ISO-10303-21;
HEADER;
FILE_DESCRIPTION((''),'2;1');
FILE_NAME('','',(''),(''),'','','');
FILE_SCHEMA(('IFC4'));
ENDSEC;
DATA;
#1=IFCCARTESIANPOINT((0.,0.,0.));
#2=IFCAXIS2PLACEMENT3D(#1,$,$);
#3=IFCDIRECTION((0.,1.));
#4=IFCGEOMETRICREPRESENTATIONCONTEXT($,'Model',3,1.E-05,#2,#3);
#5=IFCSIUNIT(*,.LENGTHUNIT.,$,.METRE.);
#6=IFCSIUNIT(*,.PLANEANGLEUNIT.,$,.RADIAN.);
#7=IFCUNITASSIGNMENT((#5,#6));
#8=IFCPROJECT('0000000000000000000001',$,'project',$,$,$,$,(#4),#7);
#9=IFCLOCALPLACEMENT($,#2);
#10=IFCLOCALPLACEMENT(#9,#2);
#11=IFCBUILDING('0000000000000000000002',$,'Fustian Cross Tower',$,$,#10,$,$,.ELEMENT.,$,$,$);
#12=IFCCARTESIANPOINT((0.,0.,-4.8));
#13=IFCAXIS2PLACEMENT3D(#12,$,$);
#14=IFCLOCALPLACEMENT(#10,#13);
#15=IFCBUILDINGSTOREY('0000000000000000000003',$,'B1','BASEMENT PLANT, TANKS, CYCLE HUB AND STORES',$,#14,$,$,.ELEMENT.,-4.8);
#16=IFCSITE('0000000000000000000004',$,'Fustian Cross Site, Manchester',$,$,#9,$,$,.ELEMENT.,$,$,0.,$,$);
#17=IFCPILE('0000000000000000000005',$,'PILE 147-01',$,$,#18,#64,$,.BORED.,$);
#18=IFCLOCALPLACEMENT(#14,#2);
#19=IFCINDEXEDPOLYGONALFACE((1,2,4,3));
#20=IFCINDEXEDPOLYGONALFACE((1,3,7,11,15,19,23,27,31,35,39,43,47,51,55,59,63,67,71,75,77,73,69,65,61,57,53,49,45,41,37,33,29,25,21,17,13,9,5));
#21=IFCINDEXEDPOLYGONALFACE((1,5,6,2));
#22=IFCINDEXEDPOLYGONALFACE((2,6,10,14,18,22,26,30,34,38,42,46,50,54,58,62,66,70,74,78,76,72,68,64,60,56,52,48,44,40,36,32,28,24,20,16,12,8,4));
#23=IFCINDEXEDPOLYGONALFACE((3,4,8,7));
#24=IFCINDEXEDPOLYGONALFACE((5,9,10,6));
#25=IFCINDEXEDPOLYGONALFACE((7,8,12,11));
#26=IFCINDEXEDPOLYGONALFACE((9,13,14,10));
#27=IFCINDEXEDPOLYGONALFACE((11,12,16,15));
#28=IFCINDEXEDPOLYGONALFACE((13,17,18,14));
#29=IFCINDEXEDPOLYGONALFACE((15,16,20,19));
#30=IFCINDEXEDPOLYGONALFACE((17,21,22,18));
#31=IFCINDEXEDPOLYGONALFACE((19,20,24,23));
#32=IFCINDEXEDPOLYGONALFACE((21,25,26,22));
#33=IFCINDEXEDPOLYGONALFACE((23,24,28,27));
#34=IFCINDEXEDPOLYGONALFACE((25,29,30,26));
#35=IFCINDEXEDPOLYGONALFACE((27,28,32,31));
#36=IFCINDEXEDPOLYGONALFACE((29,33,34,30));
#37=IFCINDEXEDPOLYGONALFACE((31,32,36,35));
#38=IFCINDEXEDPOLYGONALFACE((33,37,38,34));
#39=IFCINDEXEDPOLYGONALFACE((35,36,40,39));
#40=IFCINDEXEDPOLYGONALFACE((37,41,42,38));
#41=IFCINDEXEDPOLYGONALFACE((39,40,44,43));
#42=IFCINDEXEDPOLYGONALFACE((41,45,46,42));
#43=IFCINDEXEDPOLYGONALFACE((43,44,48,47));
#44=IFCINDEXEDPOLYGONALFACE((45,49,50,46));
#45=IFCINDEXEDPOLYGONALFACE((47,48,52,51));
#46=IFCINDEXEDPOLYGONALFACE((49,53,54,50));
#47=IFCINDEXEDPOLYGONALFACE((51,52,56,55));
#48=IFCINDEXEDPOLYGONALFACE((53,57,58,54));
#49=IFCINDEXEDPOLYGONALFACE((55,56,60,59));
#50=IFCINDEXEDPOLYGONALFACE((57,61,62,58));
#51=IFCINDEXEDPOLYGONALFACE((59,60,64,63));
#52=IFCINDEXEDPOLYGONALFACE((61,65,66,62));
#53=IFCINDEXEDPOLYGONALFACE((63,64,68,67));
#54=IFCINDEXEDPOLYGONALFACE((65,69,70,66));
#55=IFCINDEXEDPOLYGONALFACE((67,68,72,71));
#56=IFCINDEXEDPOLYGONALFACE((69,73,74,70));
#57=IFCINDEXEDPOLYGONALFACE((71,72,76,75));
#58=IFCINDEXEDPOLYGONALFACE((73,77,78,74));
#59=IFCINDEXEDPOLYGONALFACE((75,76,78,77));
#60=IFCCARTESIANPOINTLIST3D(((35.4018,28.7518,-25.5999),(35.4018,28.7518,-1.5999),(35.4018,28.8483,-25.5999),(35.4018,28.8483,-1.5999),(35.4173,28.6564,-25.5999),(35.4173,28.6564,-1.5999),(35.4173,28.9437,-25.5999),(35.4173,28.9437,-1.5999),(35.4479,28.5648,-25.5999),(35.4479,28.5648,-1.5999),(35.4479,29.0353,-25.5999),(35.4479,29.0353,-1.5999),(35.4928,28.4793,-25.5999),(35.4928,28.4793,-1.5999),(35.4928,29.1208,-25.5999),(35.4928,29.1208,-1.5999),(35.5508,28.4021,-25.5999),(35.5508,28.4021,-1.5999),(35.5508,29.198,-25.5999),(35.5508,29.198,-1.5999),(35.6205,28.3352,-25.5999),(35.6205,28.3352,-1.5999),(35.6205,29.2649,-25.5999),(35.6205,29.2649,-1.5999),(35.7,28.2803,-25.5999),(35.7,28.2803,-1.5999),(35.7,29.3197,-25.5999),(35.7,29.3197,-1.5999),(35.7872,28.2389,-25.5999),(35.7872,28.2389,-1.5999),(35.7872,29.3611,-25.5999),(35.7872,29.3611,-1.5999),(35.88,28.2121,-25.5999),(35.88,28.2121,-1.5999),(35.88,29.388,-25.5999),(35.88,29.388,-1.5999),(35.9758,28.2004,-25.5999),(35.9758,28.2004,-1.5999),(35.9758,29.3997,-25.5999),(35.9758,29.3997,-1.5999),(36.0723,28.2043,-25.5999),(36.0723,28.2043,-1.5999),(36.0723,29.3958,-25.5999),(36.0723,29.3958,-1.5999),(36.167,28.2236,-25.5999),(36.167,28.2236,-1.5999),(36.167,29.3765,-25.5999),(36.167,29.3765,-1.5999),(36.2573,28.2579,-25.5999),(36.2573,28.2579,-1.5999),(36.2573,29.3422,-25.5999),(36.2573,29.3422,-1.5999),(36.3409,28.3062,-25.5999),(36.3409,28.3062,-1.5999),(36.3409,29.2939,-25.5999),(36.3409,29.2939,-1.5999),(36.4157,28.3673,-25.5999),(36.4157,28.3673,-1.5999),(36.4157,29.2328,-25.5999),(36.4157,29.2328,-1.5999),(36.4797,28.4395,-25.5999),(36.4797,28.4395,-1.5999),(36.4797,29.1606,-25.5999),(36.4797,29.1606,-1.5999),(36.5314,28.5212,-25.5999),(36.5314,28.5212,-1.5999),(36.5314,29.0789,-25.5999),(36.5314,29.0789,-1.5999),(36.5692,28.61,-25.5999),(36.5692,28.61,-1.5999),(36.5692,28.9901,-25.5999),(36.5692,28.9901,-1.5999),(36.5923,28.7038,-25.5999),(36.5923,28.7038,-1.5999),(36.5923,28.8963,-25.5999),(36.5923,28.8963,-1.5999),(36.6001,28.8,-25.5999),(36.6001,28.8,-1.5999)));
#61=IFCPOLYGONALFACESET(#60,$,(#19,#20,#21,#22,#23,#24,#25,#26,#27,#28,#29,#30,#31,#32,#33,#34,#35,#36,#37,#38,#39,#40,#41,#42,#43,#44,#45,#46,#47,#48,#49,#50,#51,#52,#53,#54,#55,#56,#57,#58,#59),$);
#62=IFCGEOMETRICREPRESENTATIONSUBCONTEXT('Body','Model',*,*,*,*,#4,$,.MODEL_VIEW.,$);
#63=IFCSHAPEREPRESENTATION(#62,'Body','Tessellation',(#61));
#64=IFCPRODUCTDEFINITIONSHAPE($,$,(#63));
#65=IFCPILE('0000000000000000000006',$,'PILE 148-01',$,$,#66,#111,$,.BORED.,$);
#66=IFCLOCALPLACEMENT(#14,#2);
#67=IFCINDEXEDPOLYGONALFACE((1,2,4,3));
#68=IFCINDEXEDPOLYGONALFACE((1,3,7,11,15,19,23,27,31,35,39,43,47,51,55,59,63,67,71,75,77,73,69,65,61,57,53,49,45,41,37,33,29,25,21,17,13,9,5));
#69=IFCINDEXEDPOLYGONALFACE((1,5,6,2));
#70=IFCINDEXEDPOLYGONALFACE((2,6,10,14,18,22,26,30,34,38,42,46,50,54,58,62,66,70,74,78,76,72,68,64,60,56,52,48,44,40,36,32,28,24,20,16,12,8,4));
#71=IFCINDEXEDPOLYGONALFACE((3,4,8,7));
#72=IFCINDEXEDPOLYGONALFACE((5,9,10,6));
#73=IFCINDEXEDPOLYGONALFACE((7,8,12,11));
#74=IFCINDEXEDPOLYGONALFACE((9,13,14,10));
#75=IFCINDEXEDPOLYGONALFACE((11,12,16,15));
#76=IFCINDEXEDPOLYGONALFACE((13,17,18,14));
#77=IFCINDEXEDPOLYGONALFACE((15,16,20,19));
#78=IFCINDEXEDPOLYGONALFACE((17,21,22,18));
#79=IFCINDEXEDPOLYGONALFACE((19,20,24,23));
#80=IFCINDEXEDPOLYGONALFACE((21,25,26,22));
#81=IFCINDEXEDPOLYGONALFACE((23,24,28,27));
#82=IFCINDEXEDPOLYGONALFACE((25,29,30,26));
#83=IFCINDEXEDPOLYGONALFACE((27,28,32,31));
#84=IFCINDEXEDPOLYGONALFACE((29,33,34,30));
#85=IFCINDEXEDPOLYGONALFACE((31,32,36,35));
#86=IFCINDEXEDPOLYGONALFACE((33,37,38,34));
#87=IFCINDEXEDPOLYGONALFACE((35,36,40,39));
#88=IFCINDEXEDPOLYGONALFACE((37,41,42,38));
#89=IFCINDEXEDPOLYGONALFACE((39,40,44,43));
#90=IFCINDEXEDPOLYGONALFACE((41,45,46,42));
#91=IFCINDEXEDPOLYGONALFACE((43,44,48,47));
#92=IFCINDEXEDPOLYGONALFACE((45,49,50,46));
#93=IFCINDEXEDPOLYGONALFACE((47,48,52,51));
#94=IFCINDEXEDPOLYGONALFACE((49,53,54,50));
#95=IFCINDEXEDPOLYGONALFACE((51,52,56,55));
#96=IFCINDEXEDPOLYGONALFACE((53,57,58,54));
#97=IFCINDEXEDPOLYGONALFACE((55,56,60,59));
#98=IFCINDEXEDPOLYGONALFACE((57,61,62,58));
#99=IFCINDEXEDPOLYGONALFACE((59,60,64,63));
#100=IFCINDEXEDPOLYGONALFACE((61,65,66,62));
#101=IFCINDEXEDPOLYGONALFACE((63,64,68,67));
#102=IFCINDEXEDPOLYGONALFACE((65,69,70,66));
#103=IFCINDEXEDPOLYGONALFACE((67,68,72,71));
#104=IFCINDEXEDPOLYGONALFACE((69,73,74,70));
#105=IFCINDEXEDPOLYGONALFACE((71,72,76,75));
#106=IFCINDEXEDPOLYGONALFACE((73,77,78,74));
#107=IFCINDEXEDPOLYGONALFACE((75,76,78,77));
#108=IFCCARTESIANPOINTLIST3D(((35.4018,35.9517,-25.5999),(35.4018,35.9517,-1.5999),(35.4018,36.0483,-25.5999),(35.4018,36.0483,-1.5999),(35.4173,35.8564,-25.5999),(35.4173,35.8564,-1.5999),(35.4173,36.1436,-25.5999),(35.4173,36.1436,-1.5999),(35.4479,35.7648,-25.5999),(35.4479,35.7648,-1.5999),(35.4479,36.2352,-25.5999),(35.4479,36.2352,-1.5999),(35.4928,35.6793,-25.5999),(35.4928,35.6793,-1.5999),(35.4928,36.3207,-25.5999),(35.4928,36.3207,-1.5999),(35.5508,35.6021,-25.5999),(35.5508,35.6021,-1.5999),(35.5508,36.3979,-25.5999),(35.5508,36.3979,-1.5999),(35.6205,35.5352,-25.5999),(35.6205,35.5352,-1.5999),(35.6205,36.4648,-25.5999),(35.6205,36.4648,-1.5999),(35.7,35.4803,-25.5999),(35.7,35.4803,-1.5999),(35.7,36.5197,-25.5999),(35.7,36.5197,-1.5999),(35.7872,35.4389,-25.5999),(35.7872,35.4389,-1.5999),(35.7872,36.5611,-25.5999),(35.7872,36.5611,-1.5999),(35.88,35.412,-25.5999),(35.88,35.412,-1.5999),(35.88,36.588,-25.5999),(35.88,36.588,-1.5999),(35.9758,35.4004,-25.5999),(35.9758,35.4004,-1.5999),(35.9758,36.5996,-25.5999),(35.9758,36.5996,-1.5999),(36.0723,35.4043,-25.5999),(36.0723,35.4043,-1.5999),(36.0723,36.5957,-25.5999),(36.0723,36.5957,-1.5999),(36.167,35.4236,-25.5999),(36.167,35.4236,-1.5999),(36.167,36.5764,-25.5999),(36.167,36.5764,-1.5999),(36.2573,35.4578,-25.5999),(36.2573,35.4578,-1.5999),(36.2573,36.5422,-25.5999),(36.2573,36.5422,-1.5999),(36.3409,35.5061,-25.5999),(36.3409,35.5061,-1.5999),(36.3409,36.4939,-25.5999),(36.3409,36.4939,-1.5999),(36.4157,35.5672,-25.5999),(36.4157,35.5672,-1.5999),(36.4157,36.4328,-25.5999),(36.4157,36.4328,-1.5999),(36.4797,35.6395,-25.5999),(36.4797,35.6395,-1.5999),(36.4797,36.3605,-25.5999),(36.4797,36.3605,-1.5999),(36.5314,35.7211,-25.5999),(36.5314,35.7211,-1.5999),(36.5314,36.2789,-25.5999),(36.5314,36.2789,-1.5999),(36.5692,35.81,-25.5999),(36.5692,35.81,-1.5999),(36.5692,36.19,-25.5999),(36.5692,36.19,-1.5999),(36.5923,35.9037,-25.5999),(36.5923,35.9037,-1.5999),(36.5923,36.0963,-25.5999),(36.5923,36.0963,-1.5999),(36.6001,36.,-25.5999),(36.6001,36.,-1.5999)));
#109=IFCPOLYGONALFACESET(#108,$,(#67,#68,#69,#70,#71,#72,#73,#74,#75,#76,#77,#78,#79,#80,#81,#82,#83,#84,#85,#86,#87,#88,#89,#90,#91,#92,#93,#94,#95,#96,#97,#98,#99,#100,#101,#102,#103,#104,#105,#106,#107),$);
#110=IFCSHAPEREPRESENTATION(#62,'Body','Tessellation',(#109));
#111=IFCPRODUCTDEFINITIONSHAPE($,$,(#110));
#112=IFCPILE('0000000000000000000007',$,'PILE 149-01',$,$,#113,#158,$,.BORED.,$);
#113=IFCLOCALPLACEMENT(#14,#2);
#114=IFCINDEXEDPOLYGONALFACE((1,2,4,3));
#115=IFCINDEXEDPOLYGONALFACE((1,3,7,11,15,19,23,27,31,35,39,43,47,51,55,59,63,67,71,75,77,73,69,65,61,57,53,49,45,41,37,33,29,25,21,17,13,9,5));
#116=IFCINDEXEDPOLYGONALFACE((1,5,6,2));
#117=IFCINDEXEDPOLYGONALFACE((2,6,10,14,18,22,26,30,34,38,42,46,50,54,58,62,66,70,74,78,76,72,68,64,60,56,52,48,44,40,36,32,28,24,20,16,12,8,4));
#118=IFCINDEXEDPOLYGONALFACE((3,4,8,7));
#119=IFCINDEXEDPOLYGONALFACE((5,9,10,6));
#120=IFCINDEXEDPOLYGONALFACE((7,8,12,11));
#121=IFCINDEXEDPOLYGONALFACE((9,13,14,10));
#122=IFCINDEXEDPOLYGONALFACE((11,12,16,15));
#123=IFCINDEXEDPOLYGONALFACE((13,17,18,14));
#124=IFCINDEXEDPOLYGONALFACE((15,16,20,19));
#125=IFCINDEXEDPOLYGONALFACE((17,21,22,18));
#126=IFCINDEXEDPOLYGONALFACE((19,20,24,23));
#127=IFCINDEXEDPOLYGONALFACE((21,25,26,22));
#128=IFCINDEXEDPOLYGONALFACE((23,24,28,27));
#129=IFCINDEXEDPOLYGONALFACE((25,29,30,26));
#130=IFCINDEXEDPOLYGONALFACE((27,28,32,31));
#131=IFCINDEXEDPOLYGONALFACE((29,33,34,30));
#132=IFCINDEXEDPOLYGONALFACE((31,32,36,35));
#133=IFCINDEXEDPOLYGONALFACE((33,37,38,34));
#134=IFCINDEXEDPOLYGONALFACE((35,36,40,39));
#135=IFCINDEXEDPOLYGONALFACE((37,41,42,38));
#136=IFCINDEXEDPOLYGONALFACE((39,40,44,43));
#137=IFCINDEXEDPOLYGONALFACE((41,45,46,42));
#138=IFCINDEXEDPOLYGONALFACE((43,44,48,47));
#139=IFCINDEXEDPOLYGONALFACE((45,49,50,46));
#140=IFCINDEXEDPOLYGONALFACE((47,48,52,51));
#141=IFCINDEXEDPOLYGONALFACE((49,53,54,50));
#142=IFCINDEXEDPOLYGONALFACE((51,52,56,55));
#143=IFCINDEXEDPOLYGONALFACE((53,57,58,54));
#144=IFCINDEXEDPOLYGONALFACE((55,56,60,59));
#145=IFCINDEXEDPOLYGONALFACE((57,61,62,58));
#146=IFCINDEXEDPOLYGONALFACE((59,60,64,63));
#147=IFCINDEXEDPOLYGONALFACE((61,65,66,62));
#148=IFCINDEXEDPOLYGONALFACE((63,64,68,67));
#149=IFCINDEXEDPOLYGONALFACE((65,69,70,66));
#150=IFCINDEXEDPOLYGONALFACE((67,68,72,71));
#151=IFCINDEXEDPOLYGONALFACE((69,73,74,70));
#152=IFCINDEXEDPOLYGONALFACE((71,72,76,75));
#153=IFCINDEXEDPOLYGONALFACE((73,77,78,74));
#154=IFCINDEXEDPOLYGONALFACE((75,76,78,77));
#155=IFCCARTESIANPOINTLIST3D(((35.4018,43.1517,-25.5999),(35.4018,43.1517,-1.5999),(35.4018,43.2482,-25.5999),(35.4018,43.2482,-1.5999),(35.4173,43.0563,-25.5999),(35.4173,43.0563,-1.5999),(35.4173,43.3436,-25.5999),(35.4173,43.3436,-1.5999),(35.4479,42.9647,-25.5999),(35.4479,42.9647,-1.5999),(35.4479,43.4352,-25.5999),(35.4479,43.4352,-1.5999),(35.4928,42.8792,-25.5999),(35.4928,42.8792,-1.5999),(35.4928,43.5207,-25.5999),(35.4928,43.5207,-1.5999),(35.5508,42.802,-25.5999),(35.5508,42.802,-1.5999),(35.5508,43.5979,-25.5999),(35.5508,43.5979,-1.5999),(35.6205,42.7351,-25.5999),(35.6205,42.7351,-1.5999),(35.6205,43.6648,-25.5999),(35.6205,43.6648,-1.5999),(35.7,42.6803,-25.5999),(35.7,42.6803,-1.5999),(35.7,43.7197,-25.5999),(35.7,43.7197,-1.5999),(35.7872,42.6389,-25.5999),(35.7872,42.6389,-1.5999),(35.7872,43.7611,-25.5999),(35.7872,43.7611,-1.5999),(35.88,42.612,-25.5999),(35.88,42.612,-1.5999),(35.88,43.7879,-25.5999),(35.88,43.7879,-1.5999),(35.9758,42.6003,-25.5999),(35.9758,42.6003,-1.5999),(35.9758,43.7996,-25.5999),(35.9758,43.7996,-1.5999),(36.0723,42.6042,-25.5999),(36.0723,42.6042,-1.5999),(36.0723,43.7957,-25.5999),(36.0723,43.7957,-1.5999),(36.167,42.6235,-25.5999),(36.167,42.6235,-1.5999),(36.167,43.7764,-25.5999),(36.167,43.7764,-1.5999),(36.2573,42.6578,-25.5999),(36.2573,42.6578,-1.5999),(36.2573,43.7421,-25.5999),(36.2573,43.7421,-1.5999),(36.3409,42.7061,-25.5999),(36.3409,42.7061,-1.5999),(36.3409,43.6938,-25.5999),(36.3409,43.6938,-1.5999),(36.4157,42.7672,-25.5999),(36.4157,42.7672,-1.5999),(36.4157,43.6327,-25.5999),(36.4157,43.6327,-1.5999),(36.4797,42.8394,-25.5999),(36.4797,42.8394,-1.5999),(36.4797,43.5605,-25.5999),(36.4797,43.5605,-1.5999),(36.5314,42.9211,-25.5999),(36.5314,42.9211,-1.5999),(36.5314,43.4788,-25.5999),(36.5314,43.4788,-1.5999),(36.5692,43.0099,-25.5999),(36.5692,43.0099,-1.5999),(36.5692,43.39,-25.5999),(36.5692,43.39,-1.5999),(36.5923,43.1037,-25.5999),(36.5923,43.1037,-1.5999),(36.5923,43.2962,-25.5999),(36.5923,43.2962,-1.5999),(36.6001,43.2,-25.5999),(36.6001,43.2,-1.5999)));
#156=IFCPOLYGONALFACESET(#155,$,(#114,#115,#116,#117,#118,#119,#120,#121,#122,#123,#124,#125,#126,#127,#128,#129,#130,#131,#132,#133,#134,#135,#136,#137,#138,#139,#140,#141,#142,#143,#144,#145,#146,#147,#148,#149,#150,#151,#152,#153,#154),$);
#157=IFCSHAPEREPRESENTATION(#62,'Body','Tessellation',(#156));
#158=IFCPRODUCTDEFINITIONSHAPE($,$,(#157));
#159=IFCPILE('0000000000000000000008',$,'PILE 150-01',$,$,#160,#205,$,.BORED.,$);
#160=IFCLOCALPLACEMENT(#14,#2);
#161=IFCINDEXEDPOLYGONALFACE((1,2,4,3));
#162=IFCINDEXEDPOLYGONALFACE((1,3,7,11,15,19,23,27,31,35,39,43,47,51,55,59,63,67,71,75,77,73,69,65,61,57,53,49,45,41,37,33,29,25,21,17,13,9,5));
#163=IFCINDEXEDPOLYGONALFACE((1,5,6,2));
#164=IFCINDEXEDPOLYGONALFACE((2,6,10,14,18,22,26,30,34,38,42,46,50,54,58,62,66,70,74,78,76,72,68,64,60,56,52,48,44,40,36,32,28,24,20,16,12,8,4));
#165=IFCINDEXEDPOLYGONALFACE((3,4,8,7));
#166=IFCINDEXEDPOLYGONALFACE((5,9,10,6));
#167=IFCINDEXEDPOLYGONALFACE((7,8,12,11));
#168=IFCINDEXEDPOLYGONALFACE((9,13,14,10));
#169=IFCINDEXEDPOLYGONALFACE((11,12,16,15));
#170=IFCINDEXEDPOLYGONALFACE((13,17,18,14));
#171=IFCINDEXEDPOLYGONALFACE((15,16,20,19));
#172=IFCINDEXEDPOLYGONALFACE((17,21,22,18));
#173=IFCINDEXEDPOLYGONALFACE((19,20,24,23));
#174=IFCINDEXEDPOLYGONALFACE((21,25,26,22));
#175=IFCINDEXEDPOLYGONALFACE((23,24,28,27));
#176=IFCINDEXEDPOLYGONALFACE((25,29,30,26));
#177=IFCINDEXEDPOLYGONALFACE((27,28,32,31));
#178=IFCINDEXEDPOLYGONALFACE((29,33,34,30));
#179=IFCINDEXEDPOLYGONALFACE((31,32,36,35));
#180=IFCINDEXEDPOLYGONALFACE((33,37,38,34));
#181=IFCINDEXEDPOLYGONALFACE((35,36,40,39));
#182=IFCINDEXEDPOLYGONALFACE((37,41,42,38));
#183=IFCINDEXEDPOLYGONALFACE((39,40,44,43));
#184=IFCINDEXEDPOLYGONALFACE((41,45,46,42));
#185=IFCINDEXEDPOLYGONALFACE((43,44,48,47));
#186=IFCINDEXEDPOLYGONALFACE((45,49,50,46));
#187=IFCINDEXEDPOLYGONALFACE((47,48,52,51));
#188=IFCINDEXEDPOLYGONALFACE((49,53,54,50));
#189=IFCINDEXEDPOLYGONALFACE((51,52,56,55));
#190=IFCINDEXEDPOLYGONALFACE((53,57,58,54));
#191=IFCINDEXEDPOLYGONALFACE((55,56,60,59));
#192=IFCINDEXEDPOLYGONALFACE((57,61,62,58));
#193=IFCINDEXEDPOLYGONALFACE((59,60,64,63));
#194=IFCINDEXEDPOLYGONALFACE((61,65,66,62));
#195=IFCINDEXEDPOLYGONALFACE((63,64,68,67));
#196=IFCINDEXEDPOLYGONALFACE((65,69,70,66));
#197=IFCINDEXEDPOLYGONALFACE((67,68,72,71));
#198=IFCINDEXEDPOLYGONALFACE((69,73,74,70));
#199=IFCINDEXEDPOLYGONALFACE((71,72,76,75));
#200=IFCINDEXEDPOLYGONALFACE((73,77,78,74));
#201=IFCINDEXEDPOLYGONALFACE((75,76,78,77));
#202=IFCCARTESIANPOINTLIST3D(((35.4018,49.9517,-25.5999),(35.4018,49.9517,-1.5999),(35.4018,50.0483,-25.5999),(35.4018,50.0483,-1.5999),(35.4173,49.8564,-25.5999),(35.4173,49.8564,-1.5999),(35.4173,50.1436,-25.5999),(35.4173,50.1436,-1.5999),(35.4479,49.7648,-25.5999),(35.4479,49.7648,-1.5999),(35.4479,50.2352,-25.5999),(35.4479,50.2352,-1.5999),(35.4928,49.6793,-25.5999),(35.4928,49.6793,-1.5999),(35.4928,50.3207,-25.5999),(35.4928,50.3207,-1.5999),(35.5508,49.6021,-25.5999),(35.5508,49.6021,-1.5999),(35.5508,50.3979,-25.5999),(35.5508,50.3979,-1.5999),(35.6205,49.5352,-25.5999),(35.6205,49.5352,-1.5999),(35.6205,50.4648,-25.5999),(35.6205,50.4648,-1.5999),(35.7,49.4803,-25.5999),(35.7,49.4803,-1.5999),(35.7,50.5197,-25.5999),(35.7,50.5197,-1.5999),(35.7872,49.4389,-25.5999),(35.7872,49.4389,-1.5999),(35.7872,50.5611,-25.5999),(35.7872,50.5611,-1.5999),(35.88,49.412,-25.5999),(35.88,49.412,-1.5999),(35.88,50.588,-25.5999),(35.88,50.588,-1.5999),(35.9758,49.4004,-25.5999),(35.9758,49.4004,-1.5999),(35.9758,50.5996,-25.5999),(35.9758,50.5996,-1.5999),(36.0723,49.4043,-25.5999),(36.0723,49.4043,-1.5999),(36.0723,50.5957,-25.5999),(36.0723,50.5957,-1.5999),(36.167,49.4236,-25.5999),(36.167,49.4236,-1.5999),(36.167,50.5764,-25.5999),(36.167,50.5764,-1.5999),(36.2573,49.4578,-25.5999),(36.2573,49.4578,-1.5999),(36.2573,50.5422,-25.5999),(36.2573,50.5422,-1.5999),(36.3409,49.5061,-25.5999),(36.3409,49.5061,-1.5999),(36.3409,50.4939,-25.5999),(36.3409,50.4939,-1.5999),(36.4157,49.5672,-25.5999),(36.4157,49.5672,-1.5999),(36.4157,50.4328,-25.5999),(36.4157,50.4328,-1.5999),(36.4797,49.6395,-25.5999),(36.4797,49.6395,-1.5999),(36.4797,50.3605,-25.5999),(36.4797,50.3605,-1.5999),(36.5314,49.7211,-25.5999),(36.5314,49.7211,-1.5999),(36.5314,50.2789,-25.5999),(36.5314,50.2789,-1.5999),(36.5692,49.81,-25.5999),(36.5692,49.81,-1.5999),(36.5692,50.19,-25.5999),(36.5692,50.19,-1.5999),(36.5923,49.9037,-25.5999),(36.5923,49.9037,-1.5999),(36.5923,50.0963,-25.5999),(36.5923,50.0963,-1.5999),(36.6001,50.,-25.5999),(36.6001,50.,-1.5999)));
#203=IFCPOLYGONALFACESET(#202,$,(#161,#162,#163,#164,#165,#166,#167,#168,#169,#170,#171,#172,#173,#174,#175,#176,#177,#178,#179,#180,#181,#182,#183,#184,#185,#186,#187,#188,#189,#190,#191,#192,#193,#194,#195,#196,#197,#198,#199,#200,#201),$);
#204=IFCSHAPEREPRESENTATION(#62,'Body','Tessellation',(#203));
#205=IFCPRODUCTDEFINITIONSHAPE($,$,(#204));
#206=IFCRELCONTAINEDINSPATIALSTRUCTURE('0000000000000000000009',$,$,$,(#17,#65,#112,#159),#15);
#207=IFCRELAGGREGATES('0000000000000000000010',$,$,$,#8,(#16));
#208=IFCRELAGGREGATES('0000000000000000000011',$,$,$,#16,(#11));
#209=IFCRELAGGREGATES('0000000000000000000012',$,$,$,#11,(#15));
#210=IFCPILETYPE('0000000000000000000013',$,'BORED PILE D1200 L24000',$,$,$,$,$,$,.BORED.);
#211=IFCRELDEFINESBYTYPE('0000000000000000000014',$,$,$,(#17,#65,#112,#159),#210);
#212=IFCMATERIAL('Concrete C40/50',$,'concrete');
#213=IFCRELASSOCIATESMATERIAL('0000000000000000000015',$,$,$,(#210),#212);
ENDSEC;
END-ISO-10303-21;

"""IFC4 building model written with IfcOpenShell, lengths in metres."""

from ifc_helpers import new_model, si_unit, direction, frame, origin, origin_2d, place, context, subcontext, project, spatial, circle, extrude, material, material_profile, profile_set, type_object, element, save


model = new_model("IFC4")

# Units and contexts
model_context = context("Model", 3, precision=1e-05, world=origin(), true_north=direction((0.0, 1.0)))
body_context = subcontext(model_context, "Body", "Model", "MODEL_VIEW")
ifc_project = project(units=[si_unit("LENGTHUNIT", "METRE"), si_unit("PLANEANGLEUNIT", "RADIAN")], contexts=[model_context])

# Site, building, storey
site_placement = place(None, origin())
site = spatial("IfcSite", under=ifc_project, at=site_placement, Name="Fustian Cross Site, Manchester", CompositionType="ELEMENT", RefElevation=0.0)
building_placement = place(site_placement, origin())
building = spatial("IfcBuilding", under=site, at=building_placement, Name="Fustian Cross Tower", CompositionType="ELEMENT")
storey_placement = place(building_placement, frame((0.0, 0.0, -4.8)))
storey = spatial("IfcBuildingStorey", under=building, at=storey_placement, Name="B1", Description="BASEMENT PLANT, TANKS, CYCLE HUB AND STORES", CompositionType="ELEMENT", Elevation=-4.8)

# Piles
ifc_material_1 = material(Name="Concrete C40/50", Category="concrete")
ifc_material_profile_1 = material_profile(ifc_material_1, circle(Radius=0.6001, at=origin_2d()), Name="BORED PILE D1200 L24000")
ifc_profile_set_1 = profile_set([ifc_material_profile_1], Name="Concrete C40/50")
pile_type = type_object("IfcPileType", Name="BORED PILE D1200 L24000", PredefinedType="BORED", material=ifc_profile_set_1)
for number, where, z_axis, x_axis, name in (
    (1, (36.0, 28.8, -1.5999), (0.0, 0.0, -1.0), (1.0, 0.0, 0.0), "PILE 147-01"),
    (2, (36.0, 36.0, -1.5999), (0.0, 0.0, -1.0), (1.0, 0.0, 0.0), "PILE 148-01"),
    (3, (36.0, 43.2, -1.5999), (0.0, 0.0, -1.0), (1.0, 0.0, 0.0), "PILE 149-01"),
    (4, (36.0, 50.0, -1.5999), (0.0, 0.0, -1.0), (1.0, 0.0, 0.0), "PILE 150-01"),
):
    element("IfcPile", number, at=place(storey_placement, frame(where, z_axis=z_axis, x_axis=x_axis)), inside=storey, type_object=pile_type, Name=name, PredefinedType="BORED", context=body_context, shape_type="SweptSolid", body=[
        extrude(circle(Radius=0.6001, at=origin_2d()), origin(), (0.0, 0.0, 1.0), 24.0),
    ])

save(model, "model.ifc")
